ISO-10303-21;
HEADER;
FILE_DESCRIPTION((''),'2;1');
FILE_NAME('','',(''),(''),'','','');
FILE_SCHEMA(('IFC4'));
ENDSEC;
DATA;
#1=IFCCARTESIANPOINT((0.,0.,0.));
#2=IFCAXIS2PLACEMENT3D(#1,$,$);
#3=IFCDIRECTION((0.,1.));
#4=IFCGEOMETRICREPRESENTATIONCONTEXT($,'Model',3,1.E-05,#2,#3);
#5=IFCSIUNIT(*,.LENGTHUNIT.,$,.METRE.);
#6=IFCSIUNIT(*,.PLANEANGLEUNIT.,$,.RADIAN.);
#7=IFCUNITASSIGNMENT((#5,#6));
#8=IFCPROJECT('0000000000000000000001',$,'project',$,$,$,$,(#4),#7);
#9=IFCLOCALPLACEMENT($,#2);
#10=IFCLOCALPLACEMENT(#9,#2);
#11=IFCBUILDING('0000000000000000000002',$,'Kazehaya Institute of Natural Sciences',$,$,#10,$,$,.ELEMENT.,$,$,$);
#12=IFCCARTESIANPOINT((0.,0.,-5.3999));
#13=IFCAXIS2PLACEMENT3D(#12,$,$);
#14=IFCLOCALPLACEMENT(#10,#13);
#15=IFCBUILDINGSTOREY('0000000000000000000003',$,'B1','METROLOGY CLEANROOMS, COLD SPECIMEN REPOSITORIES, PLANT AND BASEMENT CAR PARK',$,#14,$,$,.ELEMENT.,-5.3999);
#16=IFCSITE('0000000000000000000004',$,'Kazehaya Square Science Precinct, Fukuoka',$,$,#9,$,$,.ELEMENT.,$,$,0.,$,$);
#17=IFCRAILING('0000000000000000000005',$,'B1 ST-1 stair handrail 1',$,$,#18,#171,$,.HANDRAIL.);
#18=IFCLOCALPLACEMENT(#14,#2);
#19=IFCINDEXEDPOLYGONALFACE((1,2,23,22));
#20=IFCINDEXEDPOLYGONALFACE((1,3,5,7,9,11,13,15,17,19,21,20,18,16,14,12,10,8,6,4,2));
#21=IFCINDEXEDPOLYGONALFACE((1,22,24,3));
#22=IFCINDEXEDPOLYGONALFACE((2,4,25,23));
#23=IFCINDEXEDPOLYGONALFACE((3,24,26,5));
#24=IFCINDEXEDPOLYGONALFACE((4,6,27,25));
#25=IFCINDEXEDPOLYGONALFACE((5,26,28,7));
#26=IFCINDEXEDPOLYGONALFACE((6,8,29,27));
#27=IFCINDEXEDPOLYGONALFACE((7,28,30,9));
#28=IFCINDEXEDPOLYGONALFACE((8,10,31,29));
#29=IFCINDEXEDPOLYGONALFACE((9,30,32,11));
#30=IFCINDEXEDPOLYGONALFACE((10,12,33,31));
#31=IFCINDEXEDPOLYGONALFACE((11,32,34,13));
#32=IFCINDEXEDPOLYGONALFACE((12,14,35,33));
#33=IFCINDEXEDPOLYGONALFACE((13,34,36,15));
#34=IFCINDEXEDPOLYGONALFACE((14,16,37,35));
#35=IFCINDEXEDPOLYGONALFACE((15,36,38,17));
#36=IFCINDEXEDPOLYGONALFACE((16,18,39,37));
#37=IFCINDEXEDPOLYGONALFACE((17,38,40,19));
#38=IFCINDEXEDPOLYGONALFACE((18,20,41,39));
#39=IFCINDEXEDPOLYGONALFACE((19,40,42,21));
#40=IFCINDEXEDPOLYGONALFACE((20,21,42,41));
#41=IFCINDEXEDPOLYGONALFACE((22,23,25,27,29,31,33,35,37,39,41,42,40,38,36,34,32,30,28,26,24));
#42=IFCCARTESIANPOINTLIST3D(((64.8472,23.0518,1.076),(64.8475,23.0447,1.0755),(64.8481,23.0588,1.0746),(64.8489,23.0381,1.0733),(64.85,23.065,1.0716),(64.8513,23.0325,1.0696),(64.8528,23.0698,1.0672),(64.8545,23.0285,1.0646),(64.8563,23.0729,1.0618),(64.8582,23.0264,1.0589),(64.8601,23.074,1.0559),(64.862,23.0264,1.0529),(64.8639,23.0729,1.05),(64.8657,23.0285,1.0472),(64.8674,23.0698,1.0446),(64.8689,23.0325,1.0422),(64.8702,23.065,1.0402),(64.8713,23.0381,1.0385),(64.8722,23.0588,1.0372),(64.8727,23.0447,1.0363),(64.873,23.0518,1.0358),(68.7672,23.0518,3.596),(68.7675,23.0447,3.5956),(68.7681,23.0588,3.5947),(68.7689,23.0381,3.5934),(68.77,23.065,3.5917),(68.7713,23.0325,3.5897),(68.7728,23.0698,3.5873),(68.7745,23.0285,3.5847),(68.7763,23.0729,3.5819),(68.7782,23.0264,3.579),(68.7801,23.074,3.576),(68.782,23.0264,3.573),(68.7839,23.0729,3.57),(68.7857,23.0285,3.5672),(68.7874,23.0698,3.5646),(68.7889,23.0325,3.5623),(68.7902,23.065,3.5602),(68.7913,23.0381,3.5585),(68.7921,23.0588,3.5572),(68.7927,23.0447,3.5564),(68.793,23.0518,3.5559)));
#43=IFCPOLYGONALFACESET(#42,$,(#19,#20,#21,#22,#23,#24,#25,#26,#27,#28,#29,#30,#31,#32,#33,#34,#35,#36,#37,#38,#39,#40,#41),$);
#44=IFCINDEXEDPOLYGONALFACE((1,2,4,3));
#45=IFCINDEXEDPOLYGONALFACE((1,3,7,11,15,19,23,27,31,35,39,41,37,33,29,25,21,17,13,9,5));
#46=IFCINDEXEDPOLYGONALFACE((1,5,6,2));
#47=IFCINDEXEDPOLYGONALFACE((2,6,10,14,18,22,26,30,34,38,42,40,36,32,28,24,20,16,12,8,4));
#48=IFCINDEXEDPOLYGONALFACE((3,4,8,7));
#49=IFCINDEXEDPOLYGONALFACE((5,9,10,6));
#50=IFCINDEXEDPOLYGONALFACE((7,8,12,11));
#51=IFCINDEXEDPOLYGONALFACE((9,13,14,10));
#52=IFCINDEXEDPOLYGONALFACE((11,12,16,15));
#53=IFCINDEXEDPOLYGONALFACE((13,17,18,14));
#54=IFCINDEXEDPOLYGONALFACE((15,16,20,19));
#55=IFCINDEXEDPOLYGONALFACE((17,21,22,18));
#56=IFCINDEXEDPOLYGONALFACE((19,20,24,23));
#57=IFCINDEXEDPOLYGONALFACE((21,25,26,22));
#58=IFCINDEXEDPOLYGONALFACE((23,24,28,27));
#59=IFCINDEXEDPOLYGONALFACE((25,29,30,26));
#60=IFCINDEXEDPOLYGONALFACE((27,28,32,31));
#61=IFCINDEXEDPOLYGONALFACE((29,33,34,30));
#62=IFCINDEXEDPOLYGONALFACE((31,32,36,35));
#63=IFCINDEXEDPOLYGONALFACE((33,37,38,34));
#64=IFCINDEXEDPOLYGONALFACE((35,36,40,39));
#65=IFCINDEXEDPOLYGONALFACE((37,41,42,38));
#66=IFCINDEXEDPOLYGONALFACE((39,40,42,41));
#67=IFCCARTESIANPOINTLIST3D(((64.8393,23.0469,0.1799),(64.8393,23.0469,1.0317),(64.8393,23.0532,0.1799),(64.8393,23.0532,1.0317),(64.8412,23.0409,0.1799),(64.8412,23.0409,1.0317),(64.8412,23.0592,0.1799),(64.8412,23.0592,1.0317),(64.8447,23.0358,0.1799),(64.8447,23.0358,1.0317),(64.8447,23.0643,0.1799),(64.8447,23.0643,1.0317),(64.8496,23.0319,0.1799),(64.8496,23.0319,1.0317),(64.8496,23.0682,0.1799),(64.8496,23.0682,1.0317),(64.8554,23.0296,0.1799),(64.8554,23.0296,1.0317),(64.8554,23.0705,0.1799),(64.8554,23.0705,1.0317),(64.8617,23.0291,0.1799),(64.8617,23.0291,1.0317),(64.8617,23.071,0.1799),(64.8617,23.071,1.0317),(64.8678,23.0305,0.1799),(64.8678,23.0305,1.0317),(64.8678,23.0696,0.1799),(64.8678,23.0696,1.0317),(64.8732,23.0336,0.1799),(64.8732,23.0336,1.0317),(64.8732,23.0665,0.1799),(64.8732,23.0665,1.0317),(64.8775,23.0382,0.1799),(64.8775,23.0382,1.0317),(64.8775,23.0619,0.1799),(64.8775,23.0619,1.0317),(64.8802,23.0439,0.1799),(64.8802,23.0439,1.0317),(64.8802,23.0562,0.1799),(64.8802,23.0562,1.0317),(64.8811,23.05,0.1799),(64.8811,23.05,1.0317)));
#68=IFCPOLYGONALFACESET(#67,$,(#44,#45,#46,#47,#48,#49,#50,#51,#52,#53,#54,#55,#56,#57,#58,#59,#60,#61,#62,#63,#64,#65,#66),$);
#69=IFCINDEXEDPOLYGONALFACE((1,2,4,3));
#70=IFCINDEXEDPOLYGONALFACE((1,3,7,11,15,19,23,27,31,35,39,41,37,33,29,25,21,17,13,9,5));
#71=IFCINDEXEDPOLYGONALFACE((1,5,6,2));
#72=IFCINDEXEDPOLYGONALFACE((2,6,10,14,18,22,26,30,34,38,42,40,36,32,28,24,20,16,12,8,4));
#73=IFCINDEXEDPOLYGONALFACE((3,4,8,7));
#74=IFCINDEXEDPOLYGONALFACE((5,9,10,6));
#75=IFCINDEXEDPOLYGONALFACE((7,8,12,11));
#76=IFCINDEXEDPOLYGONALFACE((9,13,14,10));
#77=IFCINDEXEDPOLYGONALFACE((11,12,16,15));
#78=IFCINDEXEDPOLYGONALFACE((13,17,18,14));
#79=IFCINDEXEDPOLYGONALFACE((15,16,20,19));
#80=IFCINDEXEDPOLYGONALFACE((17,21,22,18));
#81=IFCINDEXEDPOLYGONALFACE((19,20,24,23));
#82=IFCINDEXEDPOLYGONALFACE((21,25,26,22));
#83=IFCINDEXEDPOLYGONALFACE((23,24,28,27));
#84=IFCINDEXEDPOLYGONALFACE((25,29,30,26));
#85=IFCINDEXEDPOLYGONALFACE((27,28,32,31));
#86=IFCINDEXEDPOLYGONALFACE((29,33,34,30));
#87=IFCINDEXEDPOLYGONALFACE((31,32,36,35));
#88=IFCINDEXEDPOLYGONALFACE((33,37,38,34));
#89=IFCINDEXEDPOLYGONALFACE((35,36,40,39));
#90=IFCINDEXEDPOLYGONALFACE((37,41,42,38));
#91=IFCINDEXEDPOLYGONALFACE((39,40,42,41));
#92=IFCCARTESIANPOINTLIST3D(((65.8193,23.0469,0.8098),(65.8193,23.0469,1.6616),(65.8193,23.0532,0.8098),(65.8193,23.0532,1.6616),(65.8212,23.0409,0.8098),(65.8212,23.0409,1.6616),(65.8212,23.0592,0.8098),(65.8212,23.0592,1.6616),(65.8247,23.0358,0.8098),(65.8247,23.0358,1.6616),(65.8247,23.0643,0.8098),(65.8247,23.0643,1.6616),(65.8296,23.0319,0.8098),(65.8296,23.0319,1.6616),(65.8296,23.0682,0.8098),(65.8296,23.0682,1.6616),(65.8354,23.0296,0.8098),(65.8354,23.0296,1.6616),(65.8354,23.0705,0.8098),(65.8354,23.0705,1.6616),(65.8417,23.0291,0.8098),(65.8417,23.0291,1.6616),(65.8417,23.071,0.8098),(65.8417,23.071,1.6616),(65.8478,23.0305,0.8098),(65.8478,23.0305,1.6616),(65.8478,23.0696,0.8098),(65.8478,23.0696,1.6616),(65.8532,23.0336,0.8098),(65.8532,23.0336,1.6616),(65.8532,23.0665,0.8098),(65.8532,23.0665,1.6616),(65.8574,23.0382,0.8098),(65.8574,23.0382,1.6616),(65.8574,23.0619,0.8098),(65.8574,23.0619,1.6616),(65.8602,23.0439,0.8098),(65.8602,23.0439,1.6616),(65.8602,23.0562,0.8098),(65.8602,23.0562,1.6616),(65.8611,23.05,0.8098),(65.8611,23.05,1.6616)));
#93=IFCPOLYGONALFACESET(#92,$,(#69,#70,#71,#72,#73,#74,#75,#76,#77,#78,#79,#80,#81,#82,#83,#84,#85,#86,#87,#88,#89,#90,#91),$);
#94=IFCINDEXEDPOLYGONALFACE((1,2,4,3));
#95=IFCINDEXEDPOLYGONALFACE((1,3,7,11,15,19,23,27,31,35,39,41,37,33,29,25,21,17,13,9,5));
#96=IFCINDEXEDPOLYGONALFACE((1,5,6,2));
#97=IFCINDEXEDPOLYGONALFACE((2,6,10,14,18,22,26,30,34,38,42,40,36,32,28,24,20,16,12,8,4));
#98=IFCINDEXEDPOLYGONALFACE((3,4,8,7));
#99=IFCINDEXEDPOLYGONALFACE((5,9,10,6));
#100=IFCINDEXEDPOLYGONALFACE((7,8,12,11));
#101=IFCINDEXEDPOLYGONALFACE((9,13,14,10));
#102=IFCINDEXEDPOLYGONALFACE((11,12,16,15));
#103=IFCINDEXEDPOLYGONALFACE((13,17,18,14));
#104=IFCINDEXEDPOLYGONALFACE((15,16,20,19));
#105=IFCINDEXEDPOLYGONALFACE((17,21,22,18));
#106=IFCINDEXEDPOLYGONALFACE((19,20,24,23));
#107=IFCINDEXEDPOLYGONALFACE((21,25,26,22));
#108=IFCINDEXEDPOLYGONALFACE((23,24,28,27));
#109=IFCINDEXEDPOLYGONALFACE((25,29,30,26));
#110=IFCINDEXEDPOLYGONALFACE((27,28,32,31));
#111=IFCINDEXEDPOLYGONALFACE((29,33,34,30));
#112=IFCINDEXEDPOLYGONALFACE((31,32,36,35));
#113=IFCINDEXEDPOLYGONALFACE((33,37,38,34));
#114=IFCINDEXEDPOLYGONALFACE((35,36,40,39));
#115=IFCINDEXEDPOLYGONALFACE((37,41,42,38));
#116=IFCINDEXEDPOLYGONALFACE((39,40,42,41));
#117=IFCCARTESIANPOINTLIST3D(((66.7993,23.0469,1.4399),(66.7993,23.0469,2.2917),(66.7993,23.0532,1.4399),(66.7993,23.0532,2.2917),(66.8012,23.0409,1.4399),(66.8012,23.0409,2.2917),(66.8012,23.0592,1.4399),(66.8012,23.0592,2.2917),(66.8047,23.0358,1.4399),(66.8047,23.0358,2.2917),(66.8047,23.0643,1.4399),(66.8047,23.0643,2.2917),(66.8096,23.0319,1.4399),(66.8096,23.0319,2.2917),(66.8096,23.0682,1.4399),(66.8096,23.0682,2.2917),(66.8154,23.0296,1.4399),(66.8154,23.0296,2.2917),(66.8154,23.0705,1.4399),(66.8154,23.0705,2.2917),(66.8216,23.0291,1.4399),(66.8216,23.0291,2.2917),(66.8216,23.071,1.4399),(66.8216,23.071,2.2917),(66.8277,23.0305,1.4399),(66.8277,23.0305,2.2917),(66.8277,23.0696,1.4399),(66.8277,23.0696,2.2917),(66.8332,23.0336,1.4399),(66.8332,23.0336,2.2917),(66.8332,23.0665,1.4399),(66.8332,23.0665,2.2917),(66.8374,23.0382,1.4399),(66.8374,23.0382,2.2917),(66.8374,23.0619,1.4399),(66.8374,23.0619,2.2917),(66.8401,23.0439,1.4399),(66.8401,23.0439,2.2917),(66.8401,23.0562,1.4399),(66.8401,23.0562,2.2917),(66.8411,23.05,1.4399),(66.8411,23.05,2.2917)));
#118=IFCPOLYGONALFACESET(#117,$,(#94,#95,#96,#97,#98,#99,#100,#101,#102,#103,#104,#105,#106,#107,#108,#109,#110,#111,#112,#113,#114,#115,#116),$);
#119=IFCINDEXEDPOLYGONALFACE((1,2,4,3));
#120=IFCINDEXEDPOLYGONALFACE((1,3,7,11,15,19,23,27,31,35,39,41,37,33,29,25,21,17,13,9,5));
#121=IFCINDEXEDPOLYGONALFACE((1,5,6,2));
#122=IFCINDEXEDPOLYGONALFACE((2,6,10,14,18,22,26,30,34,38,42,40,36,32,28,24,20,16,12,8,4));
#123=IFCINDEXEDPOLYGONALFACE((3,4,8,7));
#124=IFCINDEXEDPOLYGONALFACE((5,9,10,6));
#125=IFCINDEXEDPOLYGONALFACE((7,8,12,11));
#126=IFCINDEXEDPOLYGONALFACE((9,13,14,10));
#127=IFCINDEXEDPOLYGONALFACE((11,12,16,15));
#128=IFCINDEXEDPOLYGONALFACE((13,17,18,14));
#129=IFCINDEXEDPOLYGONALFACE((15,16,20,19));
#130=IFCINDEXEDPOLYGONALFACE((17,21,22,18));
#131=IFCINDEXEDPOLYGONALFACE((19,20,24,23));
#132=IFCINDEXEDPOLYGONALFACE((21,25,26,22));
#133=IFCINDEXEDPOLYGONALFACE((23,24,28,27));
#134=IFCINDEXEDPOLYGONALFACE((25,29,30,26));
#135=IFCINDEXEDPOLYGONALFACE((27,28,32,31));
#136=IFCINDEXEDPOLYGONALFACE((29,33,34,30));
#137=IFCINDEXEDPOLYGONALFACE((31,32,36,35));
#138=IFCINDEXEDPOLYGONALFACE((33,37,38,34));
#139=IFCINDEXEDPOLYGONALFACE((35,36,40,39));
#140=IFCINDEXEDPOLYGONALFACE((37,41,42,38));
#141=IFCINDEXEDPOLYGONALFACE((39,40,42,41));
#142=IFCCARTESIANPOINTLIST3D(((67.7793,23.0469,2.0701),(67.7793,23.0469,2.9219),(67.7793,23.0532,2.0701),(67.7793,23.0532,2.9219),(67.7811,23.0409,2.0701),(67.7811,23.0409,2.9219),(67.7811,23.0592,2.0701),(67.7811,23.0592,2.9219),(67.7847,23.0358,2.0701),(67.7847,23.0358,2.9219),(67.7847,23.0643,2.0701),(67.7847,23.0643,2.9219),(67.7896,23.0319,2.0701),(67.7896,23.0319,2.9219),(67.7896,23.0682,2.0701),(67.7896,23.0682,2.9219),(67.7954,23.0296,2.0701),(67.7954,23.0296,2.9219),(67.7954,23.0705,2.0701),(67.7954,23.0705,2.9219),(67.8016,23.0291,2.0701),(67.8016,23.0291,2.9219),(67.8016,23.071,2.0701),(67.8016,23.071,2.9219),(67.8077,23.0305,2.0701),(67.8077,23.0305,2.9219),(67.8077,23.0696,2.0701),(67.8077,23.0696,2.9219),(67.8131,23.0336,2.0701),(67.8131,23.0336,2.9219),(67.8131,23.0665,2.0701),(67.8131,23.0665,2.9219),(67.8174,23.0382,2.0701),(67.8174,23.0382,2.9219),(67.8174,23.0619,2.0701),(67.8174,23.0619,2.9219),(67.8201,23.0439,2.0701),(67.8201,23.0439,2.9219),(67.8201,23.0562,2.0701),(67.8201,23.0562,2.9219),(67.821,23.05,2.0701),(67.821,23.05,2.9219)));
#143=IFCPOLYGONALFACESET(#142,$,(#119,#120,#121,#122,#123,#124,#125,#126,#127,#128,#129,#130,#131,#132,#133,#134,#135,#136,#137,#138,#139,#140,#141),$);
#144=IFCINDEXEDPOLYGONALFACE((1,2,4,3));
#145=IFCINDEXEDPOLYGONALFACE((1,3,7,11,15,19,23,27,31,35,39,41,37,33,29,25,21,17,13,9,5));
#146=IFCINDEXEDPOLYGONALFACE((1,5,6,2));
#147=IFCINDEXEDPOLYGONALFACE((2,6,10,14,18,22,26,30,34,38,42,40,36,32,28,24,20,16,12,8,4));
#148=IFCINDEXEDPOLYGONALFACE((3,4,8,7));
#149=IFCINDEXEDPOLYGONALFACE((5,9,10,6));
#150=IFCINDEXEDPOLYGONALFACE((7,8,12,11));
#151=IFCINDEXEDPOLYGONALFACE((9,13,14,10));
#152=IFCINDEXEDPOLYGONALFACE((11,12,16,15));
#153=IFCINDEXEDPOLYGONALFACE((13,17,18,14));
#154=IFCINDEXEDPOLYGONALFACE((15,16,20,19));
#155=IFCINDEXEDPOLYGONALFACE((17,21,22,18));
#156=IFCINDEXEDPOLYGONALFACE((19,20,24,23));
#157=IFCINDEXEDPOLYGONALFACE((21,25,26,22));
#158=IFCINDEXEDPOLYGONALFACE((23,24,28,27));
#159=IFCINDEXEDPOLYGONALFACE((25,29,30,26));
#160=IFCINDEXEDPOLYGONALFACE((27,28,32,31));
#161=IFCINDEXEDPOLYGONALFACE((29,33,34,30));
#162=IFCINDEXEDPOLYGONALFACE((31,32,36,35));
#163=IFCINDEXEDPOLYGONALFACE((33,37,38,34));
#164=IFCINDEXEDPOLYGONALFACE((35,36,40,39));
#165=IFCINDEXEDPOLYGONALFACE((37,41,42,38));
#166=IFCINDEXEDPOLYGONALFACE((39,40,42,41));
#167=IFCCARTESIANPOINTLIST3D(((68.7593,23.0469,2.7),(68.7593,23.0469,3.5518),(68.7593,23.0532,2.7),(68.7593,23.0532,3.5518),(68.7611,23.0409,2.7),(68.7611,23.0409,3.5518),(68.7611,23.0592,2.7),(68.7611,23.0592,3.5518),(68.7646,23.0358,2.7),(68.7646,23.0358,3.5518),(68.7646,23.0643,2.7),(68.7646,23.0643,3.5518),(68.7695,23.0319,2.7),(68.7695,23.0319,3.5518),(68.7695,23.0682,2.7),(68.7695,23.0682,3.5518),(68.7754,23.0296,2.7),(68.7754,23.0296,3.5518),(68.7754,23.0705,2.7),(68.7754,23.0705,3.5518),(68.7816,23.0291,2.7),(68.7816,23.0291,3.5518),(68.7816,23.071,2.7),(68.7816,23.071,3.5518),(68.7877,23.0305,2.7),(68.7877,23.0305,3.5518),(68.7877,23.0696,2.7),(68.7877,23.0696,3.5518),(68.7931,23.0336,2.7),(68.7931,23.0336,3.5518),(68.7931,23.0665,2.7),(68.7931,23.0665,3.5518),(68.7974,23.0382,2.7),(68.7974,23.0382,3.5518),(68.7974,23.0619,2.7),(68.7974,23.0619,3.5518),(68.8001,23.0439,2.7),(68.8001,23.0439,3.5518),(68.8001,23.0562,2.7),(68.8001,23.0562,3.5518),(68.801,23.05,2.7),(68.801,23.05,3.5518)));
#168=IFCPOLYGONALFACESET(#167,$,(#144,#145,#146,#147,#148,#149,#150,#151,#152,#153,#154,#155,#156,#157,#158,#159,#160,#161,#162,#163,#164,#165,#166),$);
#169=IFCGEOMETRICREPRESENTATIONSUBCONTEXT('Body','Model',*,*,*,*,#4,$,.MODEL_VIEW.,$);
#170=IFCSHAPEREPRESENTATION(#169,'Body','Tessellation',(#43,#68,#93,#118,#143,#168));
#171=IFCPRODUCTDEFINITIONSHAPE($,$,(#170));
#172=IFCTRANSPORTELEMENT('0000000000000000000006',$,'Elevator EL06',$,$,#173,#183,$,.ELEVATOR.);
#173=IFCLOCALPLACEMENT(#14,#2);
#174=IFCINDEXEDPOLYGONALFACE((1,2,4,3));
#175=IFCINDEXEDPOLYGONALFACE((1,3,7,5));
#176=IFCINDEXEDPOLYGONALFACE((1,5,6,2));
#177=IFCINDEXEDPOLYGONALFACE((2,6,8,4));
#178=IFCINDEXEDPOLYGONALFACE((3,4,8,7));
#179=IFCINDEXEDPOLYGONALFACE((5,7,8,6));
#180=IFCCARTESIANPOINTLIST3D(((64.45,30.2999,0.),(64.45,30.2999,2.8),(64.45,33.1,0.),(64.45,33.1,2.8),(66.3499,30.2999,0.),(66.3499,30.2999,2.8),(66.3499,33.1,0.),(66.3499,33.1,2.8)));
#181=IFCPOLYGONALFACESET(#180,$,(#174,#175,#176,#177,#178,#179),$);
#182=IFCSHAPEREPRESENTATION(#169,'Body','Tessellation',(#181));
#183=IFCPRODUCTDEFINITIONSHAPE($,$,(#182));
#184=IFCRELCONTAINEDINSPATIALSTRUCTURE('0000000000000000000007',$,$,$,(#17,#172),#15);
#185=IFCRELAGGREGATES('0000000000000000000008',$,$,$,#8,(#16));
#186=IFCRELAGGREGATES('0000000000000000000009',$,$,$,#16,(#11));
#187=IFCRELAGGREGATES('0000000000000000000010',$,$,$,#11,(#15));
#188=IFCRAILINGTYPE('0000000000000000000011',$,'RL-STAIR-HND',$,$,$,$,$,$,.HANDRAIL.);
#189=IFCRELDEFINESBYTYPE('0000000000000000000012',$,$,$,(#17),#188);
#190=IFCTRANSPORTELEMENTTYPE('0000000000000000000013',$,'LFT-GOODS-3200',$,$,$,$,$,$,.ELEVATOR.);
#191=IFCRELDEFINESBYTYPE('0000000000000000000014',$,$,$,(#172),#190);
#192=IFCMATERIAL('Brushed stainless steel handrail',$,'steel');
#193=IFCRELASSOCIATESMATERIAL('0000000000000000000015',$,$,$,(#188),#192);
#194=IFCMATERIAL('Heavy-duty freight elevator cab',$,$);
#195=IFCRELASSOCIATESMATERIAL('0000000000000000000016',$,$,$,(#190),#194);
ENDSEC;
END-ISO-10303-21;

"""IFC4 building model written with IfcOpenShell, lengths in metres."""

from ifc_helpers import new_model, si_unit, direction, frame, origin, origin_2d, place, context, subcontext, project, spatial, rectangle, circle, extrude, material, type_object, element, save


model = new_model("IFC4")

# Units and contexts
model_context = context("Model", 3, precision=1e-05, world=origin(), true_north=direction((0.0, 1.0)))
body_context = subcontext(model_context, "Body", "Model", "MODEL_VIEW")
ifc_project = project(units=[si_unit("LENGTHUNIT", "METRE"), si_unit("PLANEANGLEUNIT", "RADIAN")], contexts=[model_context])

# Site, building, storey
site_placement = place(None, origin())
site = spatial("IfcSite", under=ifc_project, at=site_placement, Name="Kazehaya Square Science Precinct, Fukuoka", CompositionType="ELEMENT", RefElevation=0.0)
building_placement = place(site_placement, origin())
building = spatial("IfcBuilding", under=site, at=building_placement, Name="Kazehaya Institute of Natural Sciences", CompositionType="ELEMENT")
storey_placement = place(building_placement, frame((0.0, 0.0, -5.3999)))
storey = spatial("IfcBuildingStorey", under=building, at=storey_placement, Name="B1", Description="METROLOGY CLEANROOMS, COLD SPECIMEN REPOSITORIES, PLANT AND BASEMENT CAR PARK", CompositionType="ELEMENT", Elevation=-5.3999)

# Railing
ifc_material_1 = material(Name="Brushed stainless steel handrail", Category="steel")
railing_type_1 = type_object("IfcRailingType", Name="RL-STAIR-HND", PredefinedType="HANDRAIL", material=ifc_material_1)
railing_1_placement = place(storey_placement, frame((64.8601, 23.05, 0.1799)))
element("IfcRailing", 1, at=railing_1_placement, inside=storey, type_object=railing_type_1, Name="B1 ST-1 stair handrail 1", PredefinedType="HANDRAIL", context=body_context, shape_type="SweptSolid", body=[
    extrude(circle(Radius=0.0239, at=origin_2d()), frame((0.0, 0.0, 0.876), z_axis=(0.841172, 0.0, 0.540768), x_axis=(0.0, 1.0, 0.0)), (0.0, 0.0, 1.0), 4.6602),
    extrude(circle(Radius=0.021, at=origin_2d()), origin(), (0.0, 0.0, 1.0), 0.8518),
    extrude(circle(Radius=0.021, at=origin_2d()), frame((0.98, 0.0, 0.6299)), (0.0, 0.0, 1.0), 0.8518),
    extrude(circle(Radius=0.021, at=origin_2d()), frame((1.96, 0.0, 1.26)), (0.0, 0.0, 1.0), 0.8518),
    extrude(circle(Radius=0.021, at=origin_2d()), frame((2.9399, 0.0, 1.8901)), (0.0, 0.0, 1.0), 0.8518),
    extrude(circle(Radius=0.021, at=origin_2d()), frame((3.9199, 0.0, 2.52)), (0.0, 0.0, 1.0), 0.8518),
])

# Transport element
ifc_material_2 = material(Name="Heavy-duty freight elevator cab")
transport_element_type = type_object("IfcTransportElementType", Name="LFT-GOODS-3200", PredefinedType="ELEVATOR", material=ifc_material_2)
transport_element_placement = place(storey_placement, frame((65.3999, 31.7, 0.0), z_axis=(0.0, 0.0, 1.0), x_axis=(1.0, 0.0, 0.0)))
element("IfcTransportElement", 2, at=transport_element_placement, inside=storey, type_object=transport_element_type, Name="Elevator EL06", PredefinedType="ELEVATOR", context=body_context, shape_type="SweptSolid", body=[
    extrude(rectangle(XDim=1.8999, YDim=2.8, at=origin_2d()), origin(), (0.0, 0.0, 1.0), 2.8),
])

save(model, "model.ifc")
